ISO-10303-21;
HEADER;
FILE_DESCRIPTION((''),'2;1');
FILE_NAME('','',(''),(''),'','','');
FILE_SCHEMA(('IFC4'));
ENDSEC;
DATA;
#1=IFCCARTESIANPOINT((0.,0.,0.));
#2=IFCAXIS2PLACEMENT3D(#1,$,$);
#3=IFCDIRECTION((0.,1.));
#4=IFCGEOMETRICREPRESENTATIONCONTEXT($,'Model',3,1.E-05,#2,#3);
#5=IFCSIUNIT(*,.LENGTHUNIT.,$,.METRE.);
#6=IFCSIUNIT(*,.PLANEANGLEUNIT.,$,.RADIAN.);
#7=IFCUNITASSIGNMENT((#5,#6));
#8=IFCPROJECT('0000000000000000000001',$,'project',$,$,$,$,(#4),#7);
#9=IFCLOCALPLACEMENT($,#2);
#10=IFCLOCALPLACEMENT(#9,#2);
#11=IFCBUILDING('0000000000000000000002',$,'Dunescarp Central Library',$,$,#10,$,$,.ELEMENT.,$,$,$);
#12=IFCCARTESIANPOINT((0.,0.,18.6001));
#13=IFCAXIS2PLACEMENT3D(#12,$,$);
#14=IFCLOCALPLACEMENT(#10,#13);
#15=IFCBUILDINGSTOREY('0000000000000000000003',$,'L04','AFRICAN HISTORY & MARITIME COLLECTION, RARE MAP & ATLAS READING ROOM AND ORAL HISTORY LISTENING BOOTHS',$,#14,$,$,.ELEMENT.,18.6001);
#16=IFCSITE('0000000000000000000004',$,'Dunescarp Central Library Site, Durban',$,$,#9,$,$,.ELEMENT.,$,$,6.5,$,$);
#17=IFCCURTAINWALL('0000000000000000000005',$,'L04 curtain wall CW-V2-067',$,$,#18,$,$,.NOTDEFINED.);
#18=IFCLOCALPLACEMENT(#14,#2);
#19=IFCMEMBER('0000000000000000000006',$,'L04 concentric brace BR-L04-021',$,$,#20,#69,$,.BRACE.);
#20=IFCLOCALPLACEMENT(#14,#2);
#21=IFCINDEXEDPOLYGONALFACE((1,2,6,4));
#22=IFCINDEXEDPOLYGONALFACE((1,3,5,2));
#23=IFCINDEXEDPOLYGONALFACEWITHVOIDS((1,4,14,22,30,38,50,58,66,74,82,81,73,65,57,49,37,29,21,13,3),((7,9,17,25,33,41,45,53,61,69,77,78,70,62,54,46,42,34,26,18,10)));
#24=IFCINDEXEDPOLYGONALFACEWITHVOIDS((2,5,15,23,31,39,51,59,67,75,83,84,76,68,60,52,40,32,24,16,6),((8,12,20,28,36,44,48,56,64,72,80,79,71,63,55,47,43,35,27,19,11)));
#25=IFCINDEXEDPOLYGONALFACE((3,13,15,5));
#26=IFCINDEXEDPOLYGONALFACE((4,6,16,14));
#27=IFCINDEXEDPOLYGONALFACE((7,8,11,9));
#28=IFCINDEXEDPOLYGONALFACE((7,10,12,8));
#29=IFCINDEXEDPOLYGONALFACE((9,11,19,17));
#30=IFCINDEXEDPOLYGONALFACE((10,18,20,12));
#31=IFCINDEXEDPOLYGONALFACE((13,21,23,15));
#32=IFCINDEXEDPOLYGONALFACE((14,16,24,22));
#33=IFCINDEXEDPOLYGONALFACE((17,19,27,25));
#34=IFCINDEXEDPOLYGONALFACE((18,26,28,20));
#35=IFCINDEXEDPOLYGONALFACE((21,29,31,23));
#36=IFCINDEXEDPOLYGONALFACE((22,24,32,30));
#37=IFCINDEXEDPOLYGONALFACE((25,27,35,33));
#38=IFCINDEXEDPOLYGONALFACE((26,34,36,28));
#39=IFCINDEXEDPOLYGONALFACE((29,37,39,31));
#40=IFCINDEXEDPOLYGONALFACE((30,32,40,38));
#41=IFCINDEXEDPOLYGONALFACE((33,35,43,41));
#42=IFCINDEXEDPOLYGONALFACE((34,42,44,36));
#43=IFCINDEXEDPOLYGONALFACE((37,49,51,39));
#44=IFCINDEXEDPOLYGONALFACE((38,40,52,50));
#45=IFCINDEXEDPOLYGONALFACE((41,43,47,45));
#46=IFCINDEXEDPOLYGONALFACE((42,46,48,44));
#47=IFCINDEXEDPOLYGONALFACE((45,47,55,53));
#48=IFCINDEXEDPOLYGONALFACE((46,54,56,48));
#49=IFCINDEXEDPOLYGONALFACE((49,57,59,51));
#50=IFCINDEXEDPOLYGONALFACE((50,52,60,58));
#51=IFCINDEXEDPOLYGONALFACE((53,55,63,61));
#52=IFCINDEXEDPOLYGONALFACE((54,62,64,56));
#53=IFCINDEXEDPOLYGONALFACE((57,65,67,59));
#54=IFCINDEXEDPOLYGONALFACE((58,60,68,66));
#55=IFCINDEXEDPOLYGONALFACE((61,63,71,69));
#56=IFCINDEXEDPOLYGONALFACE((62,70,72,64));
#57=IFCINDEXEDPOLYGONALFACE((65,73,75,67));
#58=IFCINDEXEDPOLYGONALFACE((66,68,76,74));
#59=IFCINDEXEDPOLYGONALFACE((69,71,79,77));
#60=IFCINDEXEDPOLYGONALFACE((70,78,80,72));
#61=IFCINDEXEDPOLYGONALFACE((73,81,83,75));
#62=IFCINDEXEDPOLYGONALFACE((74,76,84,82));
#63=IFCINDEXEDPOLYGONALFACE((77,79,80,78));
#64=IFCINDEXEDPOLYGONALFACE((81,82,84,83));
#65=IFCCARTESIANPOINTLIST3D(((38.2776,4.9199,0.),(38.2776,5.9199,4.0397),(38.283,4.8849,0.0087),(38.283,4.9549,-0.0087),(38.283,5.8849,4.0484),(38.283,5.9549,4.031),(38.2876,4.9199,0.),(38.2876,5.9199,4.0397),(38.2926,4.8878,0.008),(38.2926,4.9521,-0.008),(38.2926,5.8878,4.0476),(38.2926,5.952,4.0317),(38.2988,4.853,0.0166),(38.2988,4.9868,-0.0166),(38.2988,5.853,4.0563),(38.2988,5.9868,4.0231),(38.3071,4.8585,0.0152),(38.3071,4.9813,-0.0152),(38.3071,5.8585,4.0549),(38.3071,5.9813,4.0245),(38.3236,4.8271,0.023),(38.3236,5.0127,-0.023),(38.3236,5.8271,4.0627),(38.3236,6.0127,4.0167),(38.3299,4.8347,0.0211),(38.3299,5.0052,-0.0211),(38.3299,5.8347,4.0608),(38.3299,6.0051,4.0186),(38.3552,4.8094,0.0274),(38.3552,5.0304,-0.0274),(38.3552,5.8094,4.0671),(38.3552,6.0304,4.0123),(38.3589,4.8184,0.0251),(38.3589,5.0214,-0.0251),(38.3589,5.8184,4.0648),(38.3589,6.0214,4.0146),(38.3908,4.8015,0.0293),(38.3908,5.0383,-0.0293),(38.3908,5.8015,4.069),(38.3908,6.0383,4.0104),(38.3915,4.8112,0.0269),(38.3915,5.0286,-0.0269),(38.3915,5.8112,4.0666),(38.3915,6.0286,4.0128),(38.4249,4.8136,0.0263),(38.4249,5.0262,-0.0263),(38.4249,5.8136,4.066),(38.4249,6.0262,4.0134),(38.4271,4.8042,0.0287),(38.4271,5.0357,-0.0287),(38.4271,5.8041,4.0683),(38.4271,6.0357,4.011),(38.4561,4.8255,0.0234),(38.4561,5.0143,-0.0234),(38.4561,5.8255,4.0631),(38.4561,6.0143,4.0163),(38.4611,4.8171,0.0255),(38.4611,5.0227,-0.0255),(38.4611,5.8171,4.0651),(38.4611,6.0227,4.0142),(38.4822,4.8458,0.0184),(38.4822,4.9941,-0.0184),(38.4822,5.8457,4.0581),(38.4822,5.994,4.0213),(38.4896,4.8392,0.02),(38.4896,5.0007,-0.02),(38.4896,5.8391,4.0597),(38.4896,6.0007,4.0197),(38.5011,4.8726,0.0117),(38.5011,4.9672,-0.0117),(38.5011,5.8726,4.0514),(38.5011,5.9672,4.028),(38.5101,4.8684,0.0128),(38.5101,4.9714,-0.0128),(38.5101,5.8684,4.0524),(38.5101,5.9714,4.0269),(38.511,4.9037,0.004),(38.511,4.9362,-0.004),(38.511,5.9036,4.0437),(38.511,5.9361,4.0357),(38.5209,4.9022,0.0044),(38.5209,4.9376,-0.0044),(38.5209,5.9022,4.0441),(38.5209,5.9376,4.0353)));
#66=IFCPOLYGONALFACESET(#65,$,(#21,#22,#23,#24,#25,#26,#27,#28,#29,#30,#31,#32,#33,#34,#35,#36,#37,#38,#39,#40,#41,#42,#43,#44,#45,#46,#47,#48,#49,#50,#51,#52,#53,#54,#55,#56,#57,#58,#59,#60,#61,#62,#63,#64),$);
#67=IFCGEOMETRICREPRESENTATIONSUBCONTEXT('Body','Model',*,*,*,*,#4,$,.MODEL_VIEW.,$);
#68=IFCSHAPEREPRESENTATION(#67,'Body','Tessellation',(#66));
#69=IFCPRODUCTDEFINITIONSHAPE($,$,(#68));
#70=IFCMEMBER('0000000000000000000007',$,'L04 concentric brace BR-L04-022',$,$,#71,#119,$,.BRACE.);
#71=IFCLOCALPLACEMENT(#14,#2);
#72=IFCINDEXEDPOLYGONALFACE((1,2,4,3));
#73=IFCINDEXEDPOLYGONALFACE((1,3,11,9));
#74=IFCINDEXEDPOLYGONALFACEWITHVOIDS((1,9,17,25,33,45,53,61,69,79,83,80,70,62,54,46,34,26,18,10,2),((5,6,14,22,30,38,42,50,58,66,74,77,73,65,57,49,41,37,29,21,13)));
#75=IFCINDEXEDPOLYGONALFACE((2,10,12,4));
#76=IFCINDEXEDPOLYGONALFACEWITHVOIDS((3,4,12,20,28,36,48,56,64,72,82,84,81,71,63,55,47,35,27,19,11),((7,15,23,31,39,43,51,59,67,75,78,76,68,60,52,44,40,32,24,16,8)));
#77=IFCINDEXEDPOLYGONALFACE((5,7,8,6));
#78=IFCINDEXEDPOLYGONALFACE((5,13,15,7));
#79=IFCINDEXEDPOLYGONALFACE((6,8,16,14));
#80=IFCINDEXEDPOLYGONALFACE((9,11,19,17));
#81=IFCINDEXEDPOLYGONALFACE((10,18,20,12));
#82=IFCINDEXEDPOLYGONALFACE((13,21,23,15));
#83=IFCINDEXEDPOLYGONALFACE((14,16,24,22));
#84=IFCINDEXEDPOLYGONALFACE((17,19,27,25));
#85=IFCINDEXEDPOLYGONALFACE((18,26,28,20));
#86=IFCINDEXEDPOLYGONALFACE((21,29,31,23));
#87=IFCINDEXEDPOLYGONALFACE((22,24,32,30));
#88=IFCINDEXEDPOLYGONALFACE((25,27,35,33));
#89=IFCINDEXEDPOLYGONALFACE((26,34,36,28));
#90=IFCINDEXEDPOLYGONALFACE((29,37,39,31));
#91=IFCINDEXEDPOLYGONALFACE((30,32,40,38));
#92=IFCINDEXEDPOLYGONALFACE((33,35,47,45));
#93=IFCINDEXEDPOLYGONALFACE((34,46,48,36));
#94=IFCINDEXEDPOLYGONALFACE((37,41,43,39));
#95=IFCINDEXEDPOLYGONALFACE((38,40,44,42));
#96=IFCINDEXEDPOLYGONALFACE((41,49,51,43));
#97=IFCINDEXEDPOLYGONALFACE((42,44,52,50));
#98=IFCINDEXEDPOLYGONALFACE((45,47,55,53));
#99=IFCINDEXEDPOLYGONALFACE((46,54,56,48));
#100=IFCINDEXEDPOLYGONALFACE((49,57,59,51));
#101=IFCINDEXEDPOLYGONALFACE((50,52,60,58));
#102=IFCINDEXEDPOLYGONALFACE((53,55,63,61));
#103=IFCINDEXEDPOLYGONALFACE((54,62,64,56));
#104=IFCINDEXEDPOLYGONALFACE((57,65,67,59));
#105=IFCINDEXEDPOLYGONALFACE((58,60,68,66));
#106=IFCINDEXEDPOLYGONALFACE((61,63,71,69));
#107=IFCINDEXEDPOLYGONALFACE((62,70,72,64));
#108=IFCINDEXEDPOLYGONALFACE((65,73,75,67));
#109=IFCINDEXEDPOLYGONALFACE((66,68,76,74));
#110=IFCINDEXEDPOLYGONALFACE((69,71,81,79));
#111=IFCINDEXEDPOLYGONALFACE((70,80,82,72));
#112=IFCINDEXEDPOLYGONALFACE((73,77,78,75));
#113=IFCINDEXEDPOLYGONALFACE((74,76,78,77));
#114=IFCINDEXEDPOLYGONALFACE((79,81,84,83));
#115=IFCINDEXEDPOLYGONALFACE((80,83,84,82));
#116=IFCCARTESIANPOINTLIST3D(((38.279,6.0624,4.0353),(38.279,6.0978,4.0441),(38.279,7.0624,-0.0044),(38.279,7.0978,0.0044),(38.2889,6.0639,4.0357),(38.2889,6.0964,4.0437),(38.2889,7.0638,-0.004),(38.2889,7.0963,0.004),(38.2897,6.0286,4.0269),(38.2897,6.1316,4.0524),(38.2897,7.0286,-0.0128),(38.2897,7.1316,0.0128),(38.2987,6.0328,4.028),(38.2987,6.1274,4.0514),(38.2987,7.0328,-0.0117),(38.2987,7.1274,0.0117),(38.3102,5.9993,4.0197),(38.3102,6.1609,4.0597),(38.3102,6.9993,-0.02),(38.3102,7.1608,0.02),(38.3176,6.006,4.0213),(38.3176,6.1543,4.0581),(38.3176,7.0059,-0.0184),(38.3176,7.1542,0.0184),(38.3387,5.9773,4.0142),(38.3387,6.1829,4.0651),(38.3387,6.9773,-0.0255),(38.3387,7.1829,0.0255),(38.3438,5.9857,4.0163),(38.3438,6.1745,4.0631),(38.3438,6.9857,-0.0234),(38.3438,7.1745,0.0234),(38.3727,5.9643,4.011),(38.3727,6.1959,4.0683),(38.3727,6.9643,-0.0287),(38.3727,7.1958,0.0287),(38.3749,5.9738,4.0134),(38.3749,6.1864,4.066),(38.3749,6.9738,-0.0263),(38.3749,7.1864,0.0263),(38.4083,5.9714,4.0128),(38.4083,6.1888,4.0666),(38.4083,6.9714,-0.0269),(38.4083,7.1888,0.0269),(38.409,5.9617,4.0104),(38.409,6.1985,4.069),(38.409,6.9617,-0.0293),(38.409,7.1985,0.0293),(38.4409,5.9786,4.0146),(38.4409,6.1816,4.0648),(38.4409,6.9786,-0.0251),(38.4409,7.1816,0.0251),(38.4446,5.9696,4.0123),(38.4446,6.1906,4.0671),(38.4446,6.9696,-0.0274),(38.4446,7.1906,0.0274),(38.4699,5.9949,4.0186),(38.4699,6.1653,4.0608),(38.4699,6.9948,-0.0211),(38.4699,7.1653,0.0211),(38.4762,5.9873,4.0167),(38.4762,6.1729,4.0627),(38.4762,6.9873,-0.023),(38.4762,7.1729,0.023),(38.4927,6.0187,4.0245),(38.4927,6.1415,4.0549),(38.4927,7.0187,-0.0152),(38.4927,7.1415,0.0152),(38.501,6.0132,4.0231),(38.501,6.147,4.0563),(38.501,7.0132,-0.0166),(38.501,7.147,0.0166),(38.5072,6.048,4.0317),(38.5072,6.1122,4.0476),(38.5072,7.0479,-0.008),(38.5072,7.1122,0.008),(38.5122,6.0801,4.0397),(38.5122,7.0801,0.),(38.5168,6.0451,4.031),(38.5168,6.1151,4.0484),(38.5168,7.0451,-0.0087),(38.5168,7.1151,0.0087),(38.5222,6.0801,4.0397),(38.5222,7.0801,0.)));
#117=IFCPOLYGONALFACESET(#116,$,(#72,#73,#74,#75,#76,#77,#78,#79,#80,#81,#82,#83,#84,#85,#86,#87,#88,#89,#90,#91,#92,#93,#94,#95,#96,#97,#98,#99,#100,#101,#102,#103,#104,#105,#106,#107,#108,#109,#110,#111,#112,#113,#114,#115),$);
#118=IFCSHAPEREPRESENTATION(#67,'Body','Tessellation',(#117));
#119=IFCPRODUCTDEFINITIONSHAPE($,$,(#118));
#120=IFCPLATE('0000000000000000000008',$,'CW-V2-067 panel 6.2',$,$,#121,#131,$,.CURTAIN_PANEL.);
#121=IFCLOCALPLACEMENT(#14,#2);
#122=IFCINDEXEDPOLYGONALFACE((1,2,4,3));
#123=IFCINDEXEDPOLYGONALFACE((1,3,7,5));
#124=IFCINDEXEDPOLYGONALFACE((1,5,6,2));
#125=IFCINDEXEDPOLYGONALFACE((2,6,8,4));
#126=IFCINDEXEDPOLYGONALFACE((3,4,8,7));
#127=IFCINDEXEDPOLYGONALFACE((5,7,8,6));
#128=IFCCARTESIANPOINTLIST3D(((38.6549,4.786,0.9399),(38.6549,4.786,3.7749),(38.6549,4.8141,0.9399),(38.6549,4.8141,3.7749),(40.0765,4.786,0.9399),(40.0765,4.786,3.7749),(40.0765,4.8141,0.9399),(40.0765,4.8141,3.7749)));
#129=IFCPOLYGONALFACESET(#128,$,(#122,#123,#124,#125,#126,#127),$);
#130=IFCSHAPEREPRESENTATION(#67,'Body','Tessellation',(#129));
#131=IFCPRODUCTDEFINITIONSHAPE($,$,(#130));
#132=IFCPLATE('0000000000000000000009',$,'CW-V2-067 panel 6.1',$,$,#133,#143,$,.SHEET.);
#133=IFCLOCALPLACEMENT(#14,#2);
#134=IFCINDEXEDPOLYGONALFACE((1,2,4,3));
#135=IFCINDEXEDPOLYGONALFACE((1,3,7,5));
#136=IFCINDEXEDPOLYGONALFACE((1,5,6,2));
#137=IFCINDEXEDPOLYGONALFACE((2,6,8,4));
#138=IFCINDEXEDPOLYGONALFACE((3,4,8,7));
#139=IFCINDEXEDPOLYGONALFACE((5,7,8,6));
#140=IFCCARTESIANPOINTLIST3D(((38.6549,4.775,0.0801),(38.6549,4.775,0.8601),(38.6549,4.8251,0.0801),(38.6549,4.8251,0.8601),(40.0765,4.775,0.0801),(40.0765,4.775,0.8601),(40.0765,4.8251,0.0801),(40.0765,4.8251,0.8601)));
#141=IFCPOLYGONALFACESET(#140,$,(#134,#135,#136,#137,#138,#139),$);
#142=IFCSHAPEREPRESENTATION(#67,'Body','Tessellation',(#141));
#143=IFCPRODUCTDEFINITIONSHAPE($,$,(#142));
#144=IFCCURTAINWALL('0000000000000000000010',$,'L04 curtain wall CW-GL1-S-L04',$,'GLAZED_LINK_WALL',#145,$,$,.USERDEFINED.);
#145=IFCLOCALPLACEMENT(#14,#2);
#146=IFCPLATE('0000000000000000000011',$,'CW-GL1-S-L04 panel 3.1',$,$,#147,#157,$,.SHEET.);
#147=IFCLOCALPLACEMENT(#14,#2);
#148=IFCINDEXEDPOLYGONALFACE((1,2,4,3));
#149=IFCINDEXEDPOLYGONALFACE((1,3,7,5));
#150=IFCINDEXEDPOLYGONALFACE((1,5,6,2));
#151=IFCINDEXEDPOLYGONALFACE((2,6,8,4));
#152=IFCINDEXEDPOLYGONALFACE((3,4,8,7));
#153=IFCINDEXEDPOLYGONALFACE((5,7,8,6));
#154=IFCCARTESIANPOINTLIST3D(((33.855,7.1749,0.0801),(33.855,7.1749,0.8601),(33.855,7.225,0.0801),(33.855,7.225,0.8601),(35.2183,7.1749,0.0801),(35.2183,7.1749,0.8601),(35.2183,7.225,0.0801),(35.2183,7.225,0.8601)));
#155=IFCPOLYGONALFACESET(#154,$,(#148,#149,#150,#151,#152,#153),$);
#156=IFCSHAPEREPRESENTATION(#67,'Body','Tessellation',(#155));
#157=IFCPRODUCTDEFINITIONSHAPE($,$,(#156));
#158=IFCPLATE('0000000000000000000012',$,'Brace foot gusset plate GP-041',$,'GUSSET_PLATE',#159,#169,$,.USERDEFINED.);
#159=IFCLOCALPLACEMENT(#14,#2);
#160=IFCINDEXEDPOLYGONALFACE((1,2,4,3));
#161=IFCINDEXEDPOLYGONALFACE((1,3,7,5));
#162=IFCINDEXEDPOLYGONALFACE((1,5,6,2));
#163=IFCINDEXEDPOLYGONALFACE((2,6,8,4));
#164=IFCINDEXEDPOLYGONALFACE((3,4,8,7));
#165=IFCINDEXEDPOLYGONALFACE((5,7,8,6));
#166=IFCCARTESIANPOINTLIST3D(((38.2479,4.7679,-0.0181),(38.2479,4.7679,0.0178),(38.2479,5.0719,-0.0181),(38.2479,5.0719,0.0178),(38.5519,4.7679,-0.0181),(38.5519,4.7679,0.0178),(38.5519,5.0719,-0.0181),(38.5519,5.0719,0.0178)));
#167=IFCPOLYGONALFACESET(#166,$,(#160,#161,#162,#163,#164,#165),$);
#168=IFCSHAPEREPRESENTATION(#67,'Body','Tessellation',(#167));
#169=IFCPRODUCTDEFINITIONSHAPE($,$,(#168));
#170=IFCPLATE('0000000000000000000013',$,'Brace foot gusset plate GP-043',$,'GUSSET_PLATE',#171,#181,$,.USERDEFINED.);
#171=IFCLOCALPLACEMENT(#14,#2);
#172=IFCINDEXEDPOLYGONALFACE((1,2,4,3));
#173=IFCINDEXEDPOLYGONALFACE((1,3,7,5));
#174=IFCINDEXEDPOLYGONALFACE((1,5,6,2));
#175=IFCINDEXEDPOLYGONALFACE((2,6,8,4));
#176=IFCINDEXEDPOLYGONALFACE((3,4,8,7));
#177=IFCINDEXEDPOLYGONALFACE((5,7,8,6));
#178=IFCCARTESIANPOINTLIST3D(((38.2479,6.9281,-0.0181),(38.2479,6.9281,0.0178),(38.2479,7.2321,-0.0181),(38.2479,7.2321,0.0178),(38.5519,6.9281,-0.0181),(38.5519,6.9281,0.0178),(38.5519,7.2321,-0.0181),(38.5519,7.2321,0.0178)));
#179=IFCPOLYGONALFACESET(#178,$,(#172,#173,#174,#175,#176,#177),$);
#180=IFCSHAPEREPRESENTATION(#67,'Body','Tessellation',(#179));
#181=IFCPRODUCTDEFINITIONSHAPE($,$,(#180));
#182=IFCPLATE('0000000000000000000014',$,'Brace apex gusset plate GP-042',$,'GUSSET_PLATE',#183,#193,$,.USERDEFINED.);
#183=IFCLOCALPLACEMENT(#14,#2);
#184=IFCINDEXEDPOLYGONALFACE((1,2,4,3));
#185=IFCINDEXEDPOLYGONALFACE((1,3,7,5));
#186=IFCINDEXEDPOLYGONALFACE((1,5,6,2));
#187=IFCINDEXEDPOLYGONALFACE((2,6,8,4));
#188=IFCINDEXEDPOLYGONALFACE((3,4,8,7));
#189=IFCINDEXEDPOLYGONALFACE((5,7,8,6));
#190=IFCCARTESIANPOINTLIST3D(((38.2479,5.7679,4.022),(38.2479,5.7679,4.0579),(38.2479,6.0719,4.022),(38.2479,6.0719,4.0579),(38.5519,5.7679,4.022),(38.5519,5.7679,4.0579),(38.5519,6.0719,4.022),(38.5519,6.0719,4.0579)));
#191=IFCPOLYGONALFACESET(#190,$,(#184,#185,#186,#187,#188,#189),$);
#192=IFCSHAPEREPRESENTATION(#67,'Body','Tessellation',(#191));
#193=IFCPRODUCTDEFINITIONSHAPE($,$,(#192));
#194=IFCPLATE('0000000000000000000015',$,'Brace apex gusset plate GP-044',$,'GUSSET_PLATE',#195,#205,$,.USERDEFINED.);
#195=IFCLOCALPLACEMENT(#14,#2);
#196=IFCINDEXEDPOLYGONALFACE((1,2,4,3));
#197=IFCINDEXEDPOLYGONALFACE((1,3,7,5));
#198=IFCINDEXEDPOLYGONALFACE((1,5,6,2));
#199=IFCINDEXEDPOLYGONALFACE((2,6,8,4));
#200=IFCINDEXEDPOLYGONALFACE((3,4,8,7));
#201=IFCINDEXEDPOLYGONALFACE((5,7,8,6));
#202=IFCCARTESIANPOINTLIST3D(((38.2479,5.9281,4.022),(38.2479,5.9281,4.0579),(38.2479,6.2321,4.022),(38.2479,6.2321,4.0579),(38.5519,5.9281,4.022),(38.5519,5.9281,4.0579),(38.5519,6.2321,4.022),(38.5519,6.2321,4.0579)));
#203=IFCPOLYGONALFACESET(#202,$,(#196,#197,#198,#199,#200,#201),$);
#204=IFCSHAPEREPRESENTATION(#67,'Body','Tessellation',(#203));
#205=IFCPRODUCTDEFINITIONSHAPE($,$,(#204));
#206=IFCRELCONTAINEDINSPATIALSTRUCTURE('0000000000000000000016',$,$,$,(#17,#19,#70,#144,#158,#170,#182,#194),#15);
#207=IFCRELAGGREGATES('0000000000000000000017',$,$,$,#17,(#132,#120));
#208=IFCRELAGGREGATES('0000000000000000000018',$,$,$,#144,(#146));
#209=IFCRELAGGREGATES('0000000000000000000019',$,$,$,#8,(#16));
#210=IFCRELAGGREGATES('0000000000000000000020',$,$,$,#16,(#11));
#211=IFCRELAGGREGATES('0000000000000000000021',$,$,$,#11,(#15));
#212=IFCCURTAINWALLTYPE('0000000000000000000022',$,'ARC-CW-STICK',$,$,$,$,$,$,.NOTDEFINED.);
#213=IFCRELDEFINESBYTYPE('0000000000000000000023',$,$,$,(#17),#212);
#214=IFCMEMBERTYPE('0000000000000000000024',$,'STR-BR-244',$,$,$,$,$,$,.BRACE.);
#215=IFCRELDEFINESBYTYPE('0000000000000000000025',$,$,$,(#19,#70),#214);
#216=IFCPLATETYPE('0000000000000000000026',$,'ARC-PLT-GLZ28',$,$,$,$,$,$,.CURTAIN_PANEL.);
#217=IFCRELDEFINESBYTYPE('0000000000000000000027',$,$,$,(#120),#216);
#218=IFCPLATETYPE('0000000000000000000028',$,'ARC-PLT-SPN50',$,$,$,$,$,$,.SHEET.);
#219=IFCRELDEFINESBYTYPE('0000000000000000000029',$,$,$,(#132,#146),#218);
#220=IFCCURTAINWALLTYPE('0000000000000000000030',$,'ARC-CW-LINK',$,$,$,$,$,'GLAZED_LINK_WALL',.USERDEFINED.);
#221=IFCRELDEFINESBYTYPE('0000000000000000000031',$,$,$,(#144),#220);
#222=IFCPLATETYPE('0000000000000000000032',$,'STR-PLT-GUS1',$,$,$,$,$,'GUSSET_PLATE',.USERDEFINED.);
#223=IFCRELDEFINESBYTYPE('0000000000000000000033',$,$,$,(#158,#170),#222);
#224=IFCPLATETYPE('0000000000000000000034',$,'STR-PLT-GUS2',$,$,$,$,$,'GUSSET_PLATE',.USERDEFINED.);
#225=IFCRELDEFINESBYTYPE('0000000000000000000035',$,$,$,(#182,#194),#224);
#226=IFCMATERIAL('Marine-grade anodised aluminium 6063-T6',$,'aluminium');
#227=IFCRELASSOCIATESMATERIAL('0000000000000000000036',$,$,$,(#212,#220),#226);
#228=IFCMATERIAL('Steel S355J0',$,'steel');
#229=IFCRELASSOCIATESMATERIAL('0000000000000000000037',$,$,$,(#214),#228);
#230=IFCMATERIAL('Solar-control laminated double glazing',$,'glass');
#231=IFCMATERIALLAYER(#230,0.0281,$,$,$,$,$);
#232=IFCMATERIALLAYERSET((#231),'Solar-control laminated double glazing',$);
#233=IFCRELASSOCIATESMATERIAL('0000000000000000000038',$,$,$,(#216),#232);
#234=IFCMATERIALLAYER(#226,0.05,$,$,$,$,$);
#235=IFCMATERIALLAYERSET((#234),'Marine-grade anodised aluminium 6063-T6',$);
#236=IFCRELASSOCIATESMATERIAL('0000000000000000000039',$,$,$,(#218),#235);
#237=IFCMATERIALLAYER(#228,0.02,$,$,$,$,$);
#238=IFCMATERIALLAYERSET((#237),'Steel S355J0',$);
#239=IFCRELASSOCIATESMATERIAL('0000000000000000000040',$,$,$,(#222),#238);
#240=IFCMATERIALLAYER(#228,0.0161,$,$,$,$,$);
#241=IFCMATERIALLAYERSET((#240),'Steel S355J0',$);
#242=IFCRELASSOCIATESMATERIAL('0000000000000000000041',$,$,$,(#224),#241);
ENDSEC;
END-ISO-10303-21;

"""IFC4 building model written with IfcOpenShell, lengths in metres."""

from ifc_helpers import new_model, si_unit, direction, frame, origin, origin_2d, place, context, subcontext, project, spatial, rectangle, hollow_circle, extrude, material, layer, layer_set, material_profile, profile_set, type_object, element, aggregate, save


model = new_model("IFC4")

# Units and contexts
model_context = context("Model", 3, precision=1e-05, world=origin(), true_north=direction((0.0, 1.0)))
body_context = subcontext(model_context, "Body", "Model", "MODEL_VIEW")
ifc_project = project(units=[si_unit("LENGTHUNIT", "METRE"), si_unit("PLANEANGLEUNIT", "RADIAN")], contexts=[model_context])

# Site, building, storey
site_placement = place(None, origin())
site = spatial("IfcSite", under=ifc_project, at=site_placement, Name="Dunescarp Central Library Site, Durban", CompositionType="ELEMENT", RefElevation=6.5)
building_placement = place(site_placement, origin())
building = spatial("IfcBuilding", under=site, at=building_placement, Name="Dunescarp Central Library", CompositionType="ELEMENT")
storey_placement = place(building_placement, frame((0.0, 0.0, 18.6001)))
storey = spatial("IfcBuildingStorey", under=building, at=storey_placement, Name="L04", Description="AFRICAN HISTORY & MARITIME COLLECTION, RARE MAP & ATLAS READING ROOM AND ORAL HISTORY LISTENING BOOTHS", CompositionType="ELEMENT", Elevation=18.6001)

# Curtain wall
ifc_material_1 = material(Name="Marine-grade anodised aluminium 6063-T6", Category="aluminium")
curtain_wall_type_1 = type_object("IfcCurtainWallType", Name="ARC-CW-STICK", PredefinedType="NOTDEFINED", material=ifc_material_1)
curtain_wall_1_placement = place(storey_placement, origin())
curtain_wall_1 = element("IfcCurtainWall", 1, at=curtain_wall_1_placement, inside=storey, type_object=curtain_wall_type_1, Name="L04 curtain wall CW-V2-067", PredefinedType="NOTDEFINED")

# Members
ifc_material_2 = material(Name="Steel S355J0", Category="steel")
ifc_material_profile_1 = material_profile(ifc_material_2, hollow_circle(Radius=0.1223, WallThickness=0.01, at=origin_2d()), Name="CHS 244.5x10")
ifc_profile_set_1 = profile_set([ifc_material_profile_1], Name="Steel S355J0")
member_type_1 = type_object("IfcMemberType", Name="STR-BR-244", PredefinedType="BRACE", material=ifc_profile_set_1)
for number, where, z_axis, x_axis, name in (
    (2, (38.3999, 4.9199, 0.0), (0.0, 0.240285, 0.970702), (-1.0, 0.0, 0.0), "L04 concentric brace BR-L04-021"),
    (3, (38.3999, 7.0801, 0.0), (0.0, -0.240285, 0.970702), (1.0, 0.0, 0.0), "L04 concentric brace BR-L04-022"),
):
    element("IfcMember", number, at=place(storey_placement, frame(where, z_axis=z_axis, x_axis=x_axis)), inside=storey, type_object=member_type_1, Name=name, PredefinedType="BRACE", context=body_context, shape_type="SweptSolid", body=[
        extrude(hollow_circle(Radius=0.1223, WallThickness=0.01, at=origin_2d()), origin(), (0.0, 0.0, 1.0), 4.1616),
    ])

# Plates
ifc_material_3 = material(Name="Solar-control laminated double glazing", Category="glass")
ifc_layer_1 = layer(ifc_material_3, 0.0281)
ifc_layer_set_1 = layer_set([ifc_layer_1], Name="Solar-control laminated double glazing")
plate_type_1 = type_object("IfcPlateType", Name="ARC-PLT-GLZ28", PredefinedType="CURTAIN_PANEL", material=ifc_layer_set_1)
plate_1_placement = place(storey_placement, frame((39.3657, 4.8, 0.9399), z_axis=(0.0, 0.0, 1.0), x_axis=(-1.0, 0.0, 0.0)))
plate_1 = element("IfcPlate", 4, at=plate_1_placement, type_object=plate_type_1, Name="CW-V2-067 panel 6.2", PredefinedType="CURTAIN_PANEL", context=body_context, shape_type="SweptSolid", body=[
    extrude(rectangle(XDim=1.4216, YDim=0.0281, at=origin_2d()), origin(), (0.0, 0.0, 1.0), 2.835),
])
ifc_layer_2 = layer(ifc_material_1, 0.05)
ifc_layer_set_2 = layer_set([ifc_layer_2], Name="Marine-grade anodised aluminium 6063-T6")
plate_type_2 = type_object("IfcPlateType", Name="ARC-PLT-SPN50", PredefinedType="SHEET", material=ifc_layer_set_2)
plate_2_placement = place(storey_placement, frame((39.3657, 4.8, 0.0801), z_axis=(0.0, 0.0, 1.0), x_axis=(-1.0, 0.0, 0.0)))
plate_2 = element("IfcPlate", 5, at=plate_2_placement, type_object=plate_type_2, Name="CW-V2-067 panel 6.1", PredefinedType="SHEET", context=body_context, shape_type="SweptSolid", body=[
    extrude(rectangle(XDim=1.4216, YDim=0.05, at=origin_2d()), origin(), (0.0, 0.0, 1.0), 0.78),
])
aggregate(curtain_wall_1, [plate_2, plate_1])

# Curtain wall, plate
curtain_wall_type_2 = type_object("IfcCurtainWallType", Name="ARC-CW-LINK", ElementType="GLAZED_LINK_WALL", PredefinedType="USERDEFINED", material=ifc_material_1)
curtain_wall_2_placement = place(storey_placement, origin())
curtain_wall_2 = element("IfcCurtainWall", 6, at=curtain_wall_2_placement, inside=storey, type_object=curtain_wall_type_2, Name="L04 curtain wall CW-GL1-S-L04", ObjectType="GLAZED_LINK_WALL", PredefinedType="USERDEFINED")
plate_3_placement = place(storey_placement, frame((34.5366, 7.2, 0.0801), z_axis=(0.0, 0.0, 1.0), x_axis=(-1.0, 0.0, 0.0)))
plate_3 = element("IfcPlate", 7, at=plate_3_placement, type_object=plate_type_2, Name="CW-GL1-S-L04 panel 3.1", PredefinedType="SHEET", context=body_context, shape_type="SweptSolid", body=[
    extrude(rectangle(XDim=1.3633, YDim=0.05, at=origin_2d()), origin(), (0.0, 0.0, 1.0), 0.78),
])
aggregate(curtain_wall_2, [plate_3])

# Plates
ifc_layer_3 = layer(ifc_material_2, 0.02)
ifc_layer_set_3 = layer_set([ifc_layer_3], Name="Steel S355J0")
plate_type_3 = type_object("IfcPlateType", Name="STR-PLT-GUS1", ElementType="GUSSET_PLATE", PredefinedType="USERDEFINED", material=ifc_layer_set_3)
for number, where, z_axis, x_axis, name in (
    (8, (38.3999, 4.9199, -0.0181), (0.0, 0.0, 1.0), (1.0, 0.0, 0.0), "Brace foot gusset plate GP-041"),
    (9, (38.3999, 7.0801, -0.0181), (0.0, 0.0, 1.0), (1.0, 0.0, 0.0), "Brace foot gusset plate GP-043"),
):
    element("IfcPlate", number, at=place(storey_placement, frame(where, z_axis=z_axis, x_axis=x_axis)), inside=storey, type_object=plate_type_3, Name=name, ObjectType="GUSSET_PLATE", PredefinedType="USERDEFINED", context=body_context, shape_type="SweptSolid", body=[
        extrude(rectangle(XDim=0.304, YDim=0.304, at=origin_2d()), origin(), (0.0, 0.0, 1.0), 0.0359),
    ])
ifc_layer_4 = layer(ifc_material_2, 0.0161)
ifc_layer_set_4 = layer_set([ifc_layer_4], Name="Steel S355J0")
plate_type_4 = type_object("IfcPlateType", Name="STR-PLT-GUS2", ElementType="GUSSET_PLATE", PredefinedType="USERDEFINED", material=ifc_layer_set_4)
for number, where, z_axis, x_axis, name in (
    (10, (38.3999, 5.9199, 4.022), (0.0, 0.0, 1.0), (1.0, 0.0, 0.0), "Brace apex gusset plate GP-042"),
    (11, (38.3999, 6.0801, 4.022), (0.0, 0.0, 1.0), (1.0, 0.0, 0.0), "Brace apex gusset plate GP-044"),
):
    element("IfcPlate", number, at=place(storey_placement, frame(where, z_axis=z_axis, x_axis=x_axis)), inside=storey, type_object=plate_type_4, Name=name, ObjectType="GUSSET_PLATE", PredefinedType="USERDEFINED", context=body_context, shape_type="SweptSolid", body=[
        extrude(rectangle(XDim=0.304, YDim=0.304, at=origin_2d()), origin(), (0.0, 0.0, 1.0), 0.0359),
    ])

save(model, "model.ifc")
